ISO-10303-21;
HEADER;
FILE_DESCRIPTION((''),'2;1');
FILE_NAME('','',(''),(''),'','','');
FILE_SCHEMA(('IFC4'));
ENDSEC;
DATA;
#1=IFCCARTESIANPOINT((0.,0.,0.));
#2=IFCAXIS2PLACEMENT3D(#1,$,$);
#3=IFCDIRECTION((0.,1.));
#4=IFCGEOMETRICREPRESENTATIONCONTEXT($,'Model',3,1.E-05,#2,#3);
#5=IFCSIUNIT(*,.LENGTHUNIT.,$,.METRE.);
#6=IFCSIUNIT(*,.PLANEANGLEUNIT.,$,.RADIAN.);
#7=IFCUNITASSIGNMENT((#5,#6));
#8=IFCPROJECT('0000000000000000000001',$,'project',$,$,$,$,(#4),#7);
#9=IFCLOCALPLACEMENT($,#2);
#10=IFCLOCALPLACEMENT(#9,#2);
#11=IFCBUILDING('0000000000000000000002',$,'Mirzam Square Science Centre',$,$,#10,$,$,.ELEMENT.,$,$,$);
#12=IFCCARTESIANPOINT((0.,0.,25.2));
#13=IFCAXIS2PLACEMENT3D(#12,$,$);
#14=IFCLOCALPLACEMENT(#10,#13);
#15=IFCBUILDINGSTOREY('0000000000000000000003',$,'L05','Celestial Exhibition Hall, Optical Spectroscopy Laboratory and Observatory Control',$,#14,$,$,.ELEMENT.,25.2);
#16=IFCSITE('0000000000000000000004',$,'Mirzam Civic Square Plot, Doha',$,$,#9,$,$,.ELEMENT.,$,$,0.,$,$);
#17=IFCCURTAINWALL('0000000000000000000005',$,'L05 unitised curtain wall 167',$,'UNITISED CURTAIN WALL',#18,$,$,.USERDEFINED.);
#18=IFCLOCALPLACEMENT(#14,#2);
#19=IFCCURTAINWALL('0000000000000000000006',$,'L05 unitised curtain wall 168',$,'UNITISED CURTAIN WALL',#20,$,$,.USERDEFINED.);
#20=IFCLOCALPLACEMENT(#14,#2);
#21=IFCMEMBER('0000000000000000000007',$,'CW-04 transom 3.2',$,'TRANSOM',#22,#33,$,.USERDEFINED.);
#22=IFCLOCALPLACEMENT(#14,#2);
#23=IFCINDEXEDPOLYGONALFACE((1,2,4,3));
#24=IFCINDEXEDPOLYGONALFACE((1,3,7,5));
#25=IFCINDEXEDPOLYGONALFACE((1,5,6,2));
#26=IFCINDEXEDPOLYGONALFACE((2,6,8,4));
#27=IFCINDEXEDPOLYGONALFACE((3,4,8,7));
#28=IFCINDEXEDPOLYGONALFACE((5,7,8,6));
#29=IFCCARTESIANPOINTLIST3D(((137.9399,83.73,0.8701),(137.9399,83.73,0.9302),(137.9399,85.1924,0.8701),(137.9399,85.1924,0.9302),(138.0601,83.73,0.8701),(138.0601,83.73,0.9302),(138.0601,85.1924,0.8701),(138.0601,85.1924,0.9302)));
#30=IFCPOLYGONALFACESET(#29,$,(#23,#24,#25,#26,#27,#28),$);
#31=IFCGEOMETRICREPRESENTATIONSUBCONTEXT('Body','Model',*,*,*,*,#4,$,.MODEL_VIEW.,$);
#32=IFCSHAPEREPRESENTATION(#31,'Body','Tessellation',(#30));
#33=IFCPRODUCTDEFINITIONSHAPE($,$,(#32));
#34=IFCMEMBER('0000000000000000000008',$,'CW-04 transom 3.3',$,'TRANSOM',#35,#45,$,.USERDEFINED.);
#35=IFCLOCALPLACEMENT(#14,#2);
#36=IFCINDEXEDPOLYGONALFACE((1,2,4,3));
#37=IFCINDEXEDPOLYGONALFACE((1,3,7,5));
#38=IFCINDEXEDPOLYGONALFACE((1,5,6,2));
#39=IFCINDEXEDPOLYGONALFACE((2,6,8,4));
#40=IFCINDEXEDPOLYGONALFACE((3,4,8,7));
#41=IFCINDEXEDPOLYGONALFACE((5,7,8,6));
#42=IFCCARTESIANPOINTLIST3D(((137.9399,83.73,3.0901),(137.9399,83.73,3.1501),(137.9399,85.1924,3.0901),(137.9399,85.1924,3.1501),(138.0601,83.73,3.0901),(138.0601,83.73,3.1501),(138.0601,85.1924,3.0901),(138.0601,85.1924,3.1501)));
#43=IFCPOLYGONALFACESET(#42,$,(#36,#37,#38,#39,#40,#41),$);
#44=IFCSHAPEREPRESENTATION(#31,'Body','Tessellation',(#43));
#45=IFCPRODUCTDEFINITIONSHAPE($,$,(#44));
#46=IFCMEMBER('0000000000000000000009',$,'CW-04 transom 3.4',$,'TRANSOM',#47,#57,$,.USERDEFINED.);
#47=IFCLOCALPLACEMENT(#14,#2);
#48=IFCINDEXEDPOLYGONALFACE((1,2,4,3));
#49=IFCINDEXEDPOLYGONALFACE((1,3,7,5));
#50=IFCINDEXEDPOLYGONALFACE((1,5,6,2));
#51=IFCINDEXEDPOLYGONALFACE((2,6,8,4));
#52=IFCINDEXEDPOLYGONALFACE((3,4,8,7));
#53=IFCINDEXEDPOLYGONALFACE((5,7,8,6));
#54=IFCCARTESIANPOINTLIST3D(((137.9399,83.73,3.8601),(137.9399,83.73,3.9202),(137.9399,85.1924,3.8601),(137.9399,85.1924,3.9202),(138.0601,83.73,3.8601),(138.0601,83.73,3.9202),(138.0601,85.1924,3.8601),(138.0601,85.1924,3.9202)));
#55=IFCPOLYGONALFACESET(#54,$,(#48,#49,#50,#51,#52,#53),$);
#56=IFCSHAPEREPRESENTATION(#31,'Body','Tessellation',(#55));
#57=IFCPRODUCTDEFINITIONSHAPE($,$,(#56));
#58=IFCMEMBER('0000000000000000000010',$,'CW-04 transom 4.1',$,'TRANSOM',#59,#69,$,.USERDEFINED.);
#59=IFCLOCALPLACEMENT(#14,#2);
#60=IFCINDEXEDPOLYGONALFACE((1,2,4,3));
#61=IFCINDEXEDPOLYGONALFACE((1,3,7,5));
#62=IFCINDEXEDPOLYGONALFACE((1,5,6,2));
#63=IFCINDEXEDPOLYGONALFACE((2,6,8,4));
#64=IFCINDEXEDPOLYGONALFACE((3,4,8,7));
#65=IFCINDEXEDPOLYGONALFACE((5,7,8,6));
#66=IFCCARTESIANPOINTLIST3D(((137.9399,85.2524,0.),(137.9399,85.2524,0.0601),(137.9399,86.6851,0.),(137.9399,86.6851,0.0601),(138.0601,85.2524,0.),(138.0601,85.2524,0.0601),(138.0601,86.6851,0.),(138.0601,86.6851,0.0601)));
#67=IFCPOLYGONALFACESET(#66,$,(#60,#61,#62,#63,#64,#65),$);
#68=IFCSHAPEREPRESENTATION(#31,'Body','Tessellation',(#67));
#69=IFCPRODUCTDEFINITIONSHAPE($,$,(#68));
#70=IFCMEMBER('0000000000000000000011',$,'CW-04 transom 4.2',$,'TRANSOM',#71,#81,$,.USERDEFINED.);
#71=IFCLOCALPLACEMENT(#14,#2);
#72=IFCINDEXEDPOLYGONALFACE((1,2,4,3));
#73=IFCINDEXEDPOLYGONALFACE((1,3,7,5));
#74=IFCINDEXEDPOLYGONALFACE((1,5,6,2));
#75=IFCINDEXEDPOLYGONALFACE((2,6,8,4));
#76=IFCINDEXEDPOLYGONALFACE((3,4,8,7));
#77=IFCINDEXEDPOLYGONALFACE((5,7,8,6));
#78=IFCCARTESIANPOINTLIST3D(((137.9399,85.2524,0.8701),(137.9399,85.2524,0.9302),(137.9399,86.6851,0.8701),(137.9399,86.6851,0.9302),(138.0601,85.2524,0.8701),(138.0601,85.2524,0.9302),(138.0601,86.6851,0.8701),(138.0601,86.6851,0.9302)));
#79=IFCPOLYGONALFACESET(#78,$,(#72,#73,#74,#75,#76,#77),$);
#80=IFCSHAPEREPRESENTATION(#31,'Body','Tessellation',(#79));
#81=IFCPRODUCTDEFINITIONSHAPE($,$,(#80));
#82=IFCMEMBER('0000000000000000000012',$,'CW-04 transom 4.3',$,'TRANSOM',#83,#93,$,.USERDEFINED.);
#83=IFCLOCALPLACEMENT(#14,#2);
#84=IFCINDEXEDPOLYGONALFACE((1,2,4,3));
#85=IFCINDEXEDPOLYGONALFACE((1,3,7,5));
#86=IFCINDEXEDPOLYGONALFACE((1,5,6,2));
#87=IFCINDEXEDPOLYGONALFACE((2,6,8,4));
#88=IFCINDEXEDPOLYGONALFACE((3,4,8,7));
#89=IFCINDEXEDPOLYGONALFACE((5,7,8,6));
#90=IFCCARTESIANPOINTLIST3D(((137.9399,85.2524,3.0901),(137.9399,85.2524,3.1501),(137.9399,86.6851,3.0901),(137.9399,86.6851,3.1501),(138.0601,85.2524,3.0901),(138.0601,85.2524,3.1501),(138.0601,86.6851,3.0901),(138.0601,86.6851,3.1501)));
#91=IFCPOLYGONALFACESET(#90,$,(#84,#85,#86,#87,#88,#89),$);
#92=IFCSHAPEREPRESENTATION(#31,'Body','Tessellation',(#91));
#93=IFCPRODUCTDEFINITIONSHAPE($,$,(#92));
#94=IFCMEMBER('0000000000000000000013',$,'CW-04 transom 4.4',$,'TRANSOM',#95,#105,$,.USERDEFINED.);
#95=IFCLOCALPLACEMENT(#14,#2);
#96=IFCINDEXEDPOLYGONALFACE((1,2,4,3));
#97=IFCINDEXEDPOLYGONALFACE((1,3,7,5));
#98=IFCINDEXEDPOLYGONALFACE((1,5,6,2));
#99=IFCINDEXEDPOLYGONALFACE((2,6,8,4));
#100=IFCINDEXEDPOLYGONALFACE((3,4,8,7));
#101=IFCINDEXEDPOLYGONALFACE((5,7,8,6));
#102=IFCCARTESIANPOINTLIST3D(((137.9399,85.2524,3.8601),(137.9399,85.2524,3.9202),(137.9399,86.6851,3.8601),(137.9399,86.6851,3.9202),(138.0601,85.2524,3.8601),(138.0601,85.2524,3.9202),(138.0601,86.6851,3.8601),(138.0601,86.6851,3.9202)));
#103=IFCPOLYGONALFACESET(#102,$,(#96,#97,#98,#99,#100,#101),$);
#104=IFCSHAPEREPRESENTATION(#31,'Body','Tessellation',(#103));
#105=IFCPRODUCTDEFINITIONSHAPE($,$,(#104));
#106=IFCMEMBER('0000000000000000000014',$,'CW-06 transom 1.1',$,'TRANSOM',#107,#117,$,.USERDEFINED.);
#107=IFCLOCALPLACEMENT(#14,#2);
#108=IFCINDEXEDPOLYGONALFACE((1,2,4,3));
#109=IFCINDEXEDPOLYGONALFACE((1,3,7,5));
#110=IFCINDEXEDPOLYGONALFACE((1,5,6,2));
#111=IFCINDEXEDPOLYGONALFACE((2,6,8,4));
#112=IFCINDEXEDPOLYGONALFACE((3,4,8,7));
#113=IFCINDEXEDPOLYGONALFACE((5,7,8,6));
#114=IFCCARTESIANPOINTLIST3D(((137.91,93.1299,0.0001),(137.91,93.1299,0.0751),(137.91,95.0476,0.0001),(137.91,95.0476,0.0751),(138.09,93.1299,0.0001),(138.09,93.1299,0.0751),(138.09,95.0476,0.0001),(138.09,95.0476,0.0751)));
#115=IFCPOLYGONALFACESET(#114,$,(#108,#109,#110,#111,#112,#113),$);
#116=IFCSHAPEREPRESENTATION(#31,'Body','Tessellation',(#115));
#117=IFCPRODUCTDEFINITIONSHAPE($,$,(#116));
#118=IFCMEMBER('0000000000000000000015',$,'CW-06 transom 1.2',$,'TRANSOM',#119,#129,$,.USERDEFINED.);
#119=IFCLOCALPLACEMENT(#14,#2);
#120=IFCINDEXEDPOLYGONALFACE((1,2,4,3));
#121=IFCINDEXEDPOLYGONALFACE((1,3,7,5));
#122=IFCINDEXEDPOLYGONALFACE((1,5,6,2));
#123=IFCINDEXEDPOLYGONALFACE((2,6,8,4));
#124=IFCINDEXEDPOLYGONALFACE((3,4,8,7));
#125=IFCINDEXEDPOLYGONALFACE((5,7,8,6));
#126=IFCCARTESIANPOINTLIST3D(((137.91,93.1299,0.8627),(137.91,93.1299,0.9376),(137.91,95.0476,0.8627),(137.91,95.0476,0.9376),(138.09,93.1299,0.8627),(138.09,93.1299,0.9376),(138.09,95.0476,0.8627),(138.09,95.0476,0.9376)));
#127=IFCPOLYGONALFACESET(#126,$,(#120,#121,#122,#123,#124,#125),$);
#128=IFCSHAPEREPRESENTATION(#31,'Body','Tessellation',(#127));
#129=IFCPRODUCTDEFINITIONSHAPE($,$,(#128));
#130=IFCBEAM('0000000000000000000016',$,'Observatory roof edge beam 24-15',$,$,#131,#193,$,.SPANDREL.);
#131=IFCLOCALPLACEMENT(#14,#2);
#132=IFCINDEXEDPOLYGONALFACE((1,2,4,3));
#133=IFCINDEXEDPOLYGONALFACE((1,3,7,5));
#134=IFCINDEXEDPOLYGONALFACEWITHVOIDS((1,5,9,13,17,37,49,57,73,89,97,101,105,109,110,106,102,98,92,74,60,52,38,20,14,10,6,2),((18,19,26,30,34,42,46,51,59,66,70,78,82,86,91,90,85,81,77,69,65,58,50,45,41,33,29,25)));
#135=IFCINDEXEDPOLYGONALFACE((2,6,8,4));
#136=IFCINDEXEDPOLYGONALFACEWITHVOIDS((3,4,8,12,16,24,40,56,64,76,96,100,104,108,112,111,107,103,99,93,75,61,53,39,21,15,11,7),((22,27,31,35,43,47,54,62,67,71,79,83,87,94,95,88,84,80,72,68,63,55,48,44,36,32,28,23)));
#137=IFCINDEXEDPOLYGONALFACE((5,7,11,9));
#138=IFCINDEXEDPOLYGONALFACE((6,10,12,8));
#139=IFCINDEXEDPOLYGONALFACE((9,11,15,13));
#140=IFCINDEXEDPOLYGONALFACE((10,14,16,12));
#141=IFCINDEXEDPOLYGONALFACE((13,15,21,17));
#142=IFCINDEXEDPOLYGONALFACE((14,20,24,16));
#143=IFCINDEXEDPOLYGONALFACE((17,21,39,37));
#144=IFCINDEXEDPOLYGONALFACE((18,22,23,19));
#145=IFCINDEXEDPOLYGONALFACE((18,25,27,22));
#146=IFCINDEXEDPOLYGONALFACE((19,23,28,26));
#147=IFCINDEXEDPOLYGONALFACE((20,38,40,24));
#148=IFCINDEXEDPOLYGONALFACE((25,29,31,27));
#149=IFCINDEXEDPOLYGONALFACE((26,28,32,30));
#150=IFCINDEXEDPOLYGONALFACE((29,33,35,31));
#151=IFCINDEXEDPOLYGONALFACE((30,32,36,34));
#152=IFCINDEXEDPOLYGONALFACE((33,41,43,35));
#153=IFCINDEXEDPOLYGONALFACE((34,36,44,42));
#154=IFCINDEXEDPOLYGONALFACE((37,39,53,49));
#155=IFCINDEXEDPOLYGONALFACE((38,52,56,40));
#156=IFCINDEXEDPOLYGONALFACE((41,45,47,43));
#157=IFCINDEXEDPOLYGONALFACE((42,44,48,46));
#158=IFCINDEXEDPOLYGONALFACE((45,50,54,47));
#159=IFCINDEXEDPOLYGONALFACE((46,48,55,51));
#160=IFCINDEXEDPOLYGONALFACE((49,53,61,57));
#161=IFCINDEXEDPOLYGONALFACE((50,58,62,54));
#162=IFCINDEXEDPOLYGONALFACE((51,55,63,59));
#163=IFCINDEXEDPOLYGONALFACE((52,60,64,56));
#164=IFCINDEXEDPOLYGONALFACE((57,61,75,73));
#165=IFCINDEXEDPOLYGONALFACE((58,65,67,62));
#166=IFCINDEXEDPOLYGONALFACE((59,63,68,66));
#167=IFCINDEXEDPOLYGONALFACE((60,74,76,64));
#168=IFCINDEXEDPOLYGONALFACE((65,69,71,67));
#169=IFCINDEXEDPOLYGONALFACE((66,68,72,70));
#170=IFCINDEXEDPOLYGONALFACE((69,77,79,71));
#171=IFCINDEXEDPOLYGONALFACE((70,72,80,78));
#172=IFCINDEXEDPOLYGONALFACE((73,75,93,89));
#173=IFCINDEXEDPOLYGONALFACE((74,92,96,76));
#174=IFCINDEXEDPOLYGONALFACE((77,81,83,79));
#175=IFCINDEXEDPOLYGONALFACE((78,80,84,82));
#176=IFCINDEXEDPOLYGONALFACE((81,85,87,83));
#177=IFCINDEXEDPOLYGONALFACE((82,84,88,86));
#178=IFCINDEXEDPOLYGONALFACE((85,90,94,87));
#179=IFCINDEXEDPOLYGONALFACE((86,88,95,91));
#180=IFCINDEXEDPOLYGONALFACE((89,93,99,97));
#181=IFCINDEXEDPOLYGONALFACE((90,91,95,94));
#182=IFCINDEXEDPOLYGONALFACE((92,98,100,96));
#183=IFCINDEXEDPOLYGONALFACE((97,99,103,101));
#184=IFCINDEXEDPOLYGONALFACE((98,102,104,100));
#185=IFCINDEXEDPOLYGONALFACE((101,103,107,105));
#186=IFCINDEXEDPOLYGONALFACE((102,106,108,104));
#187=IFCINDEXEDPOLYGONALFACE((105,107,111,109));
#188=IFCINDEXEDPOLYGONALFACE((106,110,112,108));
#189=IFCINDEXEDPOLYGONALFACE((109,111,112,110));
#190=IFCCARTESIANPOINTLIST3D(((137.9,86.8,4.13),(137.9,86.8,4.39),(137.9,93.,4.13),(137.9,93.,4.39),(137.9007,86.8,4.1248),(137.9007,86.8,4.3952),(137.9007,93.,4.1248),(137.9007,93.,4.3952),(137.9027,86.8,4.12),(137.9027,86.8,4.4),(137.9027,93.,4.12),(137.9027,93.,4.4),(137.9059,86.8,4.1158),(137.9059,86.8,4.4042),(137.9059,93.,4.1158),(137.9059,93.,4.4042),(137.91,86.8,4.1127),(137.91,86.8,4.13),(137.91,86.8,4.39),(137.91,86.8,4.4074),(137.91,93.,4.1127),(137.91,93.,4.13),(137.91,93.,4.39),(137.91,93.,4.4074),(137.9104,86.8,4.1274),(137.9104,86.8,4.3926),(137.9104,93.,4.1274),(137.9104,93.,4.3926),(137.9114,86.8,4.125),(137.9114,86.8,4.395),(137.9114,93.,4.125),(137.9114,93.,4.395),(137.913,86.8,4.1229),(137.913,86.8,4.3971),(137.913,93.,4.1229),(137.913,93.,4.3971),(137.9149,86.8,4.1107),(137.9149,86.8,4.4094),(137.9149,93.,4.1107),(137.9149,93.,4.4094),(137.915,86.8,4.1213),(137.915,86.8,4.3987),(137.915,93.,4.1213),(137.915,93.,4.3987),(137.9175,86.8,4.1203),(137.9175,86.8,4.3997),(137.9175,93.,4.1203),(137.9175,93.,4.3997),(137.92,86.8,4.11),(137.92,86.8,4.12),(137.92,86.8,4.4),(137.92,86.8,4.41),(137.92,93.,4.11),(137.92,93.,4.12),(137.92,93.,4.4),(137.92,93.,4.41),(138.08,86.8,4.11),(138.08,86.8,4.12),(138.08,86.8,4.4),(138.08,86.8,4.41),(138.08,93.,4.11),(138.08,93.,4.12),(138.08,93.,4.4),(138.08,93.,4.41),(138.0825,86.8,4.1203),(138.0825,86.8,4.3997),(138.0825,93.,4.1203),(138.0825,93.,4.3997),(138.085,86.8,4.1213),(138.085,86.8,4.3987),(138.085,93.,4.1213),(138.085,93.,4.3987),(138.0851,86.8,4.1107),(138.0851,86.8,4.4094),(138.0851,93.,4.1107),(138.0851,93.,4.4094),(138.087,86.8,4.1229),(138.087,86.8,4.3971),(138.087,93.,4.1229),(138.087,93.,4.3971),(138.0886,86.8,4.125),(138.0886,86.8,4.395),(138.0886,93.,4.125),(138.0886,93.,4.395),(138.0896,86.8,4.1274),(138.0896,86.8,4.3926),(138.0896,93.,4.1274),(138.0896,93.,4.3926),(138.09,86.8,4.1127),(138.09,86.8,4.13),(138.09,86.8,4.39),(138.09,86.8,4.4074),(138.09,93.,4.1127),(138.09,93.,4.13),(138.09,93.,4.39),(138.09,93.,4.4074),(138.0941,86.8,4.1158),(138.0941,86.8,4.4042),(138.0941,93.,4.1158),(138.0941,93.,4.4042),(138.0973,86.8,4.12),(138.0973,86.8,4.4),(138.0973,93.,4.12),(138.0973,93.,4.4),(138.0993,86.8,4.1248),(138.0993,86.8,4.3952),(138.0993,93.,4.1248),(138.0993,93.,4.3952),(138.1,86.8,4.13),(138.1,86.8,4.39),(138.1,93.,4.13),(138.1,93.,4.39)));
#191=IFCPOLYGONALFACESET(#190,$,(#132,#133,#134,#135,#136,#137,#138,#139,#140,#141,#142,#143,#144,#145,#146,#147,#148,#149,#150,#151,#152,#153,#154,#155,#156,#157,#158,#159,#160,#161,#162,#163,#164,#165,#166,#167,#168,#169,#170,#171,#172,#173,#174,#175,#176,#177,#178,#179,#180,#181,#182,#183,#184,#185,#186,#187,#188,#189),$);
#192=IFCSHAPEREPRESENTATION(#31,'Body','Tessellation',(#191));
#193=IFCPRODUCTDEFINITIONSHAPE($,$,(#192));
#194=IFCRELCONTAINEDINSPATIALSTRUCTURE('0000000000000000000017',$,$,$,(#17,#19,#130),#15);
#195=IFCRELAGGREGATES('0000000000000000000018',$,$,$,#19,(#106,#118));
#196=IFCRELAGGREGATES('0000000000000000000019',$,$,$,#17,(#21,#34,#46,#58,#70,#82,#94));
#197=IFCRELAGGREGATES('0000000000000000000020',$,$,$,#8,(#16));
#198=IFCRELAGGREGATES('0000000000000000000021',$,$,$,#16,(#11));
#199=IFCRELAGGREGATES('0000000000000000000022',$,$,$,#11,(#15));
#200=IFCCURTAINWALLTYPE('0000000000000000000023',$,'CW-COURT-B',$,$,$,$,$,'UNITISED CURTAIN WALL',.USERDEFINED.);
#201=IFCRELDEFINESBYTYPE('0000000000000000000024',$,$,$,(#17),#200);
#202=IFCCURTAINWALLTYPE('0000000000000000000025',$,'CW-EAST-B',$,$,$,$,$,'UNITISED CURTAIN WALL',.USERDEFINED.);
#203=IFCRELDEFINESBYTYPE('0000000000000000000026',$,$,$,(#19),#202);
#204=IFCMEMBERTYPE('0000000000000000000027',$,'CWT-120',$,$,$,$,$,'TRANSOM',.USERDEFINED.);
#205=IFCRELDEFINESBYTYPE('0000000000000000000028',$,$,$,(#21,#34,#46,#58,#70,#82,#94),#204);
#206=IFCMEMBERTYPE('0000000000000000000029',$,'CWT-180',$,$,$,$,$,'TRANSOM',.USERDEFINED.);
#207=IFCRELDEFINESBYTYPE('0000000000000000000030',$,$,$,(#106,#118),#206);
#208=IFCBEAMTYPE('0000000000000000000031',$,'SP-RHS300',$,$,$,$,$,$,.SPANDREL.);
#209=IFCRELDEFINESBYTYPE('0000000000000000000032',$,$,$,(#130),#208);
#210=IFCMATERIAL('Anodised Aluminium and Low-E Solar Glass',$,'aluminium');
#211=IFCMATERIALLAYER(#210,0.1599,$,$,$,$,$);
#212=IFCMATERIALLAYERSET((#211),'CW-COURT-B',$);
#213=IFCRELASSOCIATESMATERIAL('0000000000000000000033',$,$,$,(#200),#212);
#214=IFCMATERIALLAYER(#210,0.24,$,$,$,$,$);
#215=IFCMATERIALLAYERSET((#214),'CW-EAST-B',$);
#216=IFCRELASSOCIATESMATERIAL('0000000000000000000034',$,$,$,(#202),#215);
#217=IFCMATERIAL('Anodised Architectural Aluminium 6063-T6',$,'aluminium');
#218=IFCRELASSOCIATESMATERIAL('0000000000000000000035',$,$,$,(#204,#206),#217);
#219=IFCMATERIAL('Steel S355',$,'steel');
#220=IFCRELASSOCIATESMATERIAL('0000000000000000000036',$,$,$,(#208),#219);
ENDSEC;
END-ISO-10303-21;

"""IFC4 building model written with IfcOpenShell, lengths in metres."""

from ifc_helpers import new_model, si_unit, direction, frame, origin, origin_2d, place, context, subcontext, project, spatial, rectangle, hollow_rectangle, extrude, material, layer, layer_set, material_profile, profile_set, type_object, element, aggregate, save


model = new_model("IFC4")

# Units and contexts
model_context = context("Model", 3, precision=1e-05, world=origin(), true_north=direction((0.0, 1.0)))
body_context = subcontext(model_context, "Body", "Model", "MODEL_VIEW")
ifc_project = project(units=[si_unit("LENGTHUNIT", "METRE"), si_unit("PLANEANGLEUNIT", "RADIAN")], contexts=[model_context])

# Site, building, storey
site_placement = place(None, origin())
site = spatial("IfcSite", under=ifc_project, at=site_placement, Name="Mirzam Civic Square Plot, Doha", CompositionType="ELEMENT", RefElevation=0.0)
building_placement = place(site_placement, origin())
building = spatial("IfcBuilding", under=site, at=building_placement, Name="Mirzam Square Science Centre", CompositionType="ELEMENT")
storey_placement = place(building_placement, frame((0.0, 0.0, 25.2)))
storey = spatial("IfcBuildingStorey", under=building, at=storey_placement, Name="L05", Description="Celestial Exhibition Hall, Optical Spectroscopy Laboratory and Observatory Control", CompositionType="ELEMENT", Elevation=25.2)

# Shared definitions
ifc_material_1 = material(Name="Steel S355", Category="steel")

# Curtain wall
ifc_material_2 = material(Name="Anodised Aluminium and Low-E Solar Glass", Category="aluminium")
ifc_layer_1 = layer(ifc_material_2, 0.1599)
ifc_layer_set_1 = layer_set([ifc_layer_1], Name="CW-COURT-B")
curtain_wall_type_1 = type_object("IfcCurtainWallType", Name="CW-COURT-B", ElementType="UNITISED CURTAIN WALL", PredefinedType="USERDEFINED", material=ifc_layer_set_1)
curtain_wall_1_placement = place(storey_placement, origin())
curtain_wall_1 = element("IfcCurtainWall", 1, at=curtain_wall_1_placement, inside=storey, type_object=curtain_wall_type_1, Name="L05 unitised curtain wall 167", ObjectType="UNITISED CURTAIN WALL", PredefinedType="USERDEFINED")
ifc_material_3 = material(Name="Anodised Architectural Aluminium 6063-T6", Category="aluminium")

# Curtain wall
ifc_layer_2 = layer(ifc_material_2, 0.24)
ifc_layer_set_2 = layer_set([ifc_layer_2], Name="CW-EAST-B")
curtain_wall_type_2 = type_object("IfcCurtainWallType", Name="CW-EAST-B", ElementType="UNITISED CURTAIN WALL", PredefinedType="USERDEFINED", material=ifc_layer_set_2)
curtain_wall_2_placement = place(storey_placement, origin())
curtain_wall_2 = element("IfcCurtainWall", 2, at=curtain_wall_2_placement, inside=storey, type_object=curtain_wall_type_2, Name="L05 unitised curtain wall 168", ObjectType="UNITISED CURTAIN WALL", PredefinedType="USERDEFINED")

# Members
ifc_material_profile_1 = material_profile(ifc_material_3, rectangle(XDim=0.1201, YDim=0.0601, at=origin_2d()), Name="ALU-TRAN-120x60x4")
ifc_profile_set_1 = profile_set([ifc_material_profile_1], Name="Anodised Architectural Aluminium 6063-T6")
member_type_1 = type_object("IfcMemberType", Name="CWT-120", ElementType="TRANSOM", PredefinedType="USERDEFINED", material=ifc_profile_set_1)
member_1_placement = place(storey_placement, frame((138.0, 83.73, 0.9001), z_axis=(0.0, 1.0, 0.0), x_axis=(-1.0, 0.0, 0.0)))
member_1 = element("IfcMember", 3, at=member_1_placement, type_object=member_type_1, Name="CW-04 transom 3.2", ObjectType="TRANSOM", PredefinedType="USERDEFINED", context=body_context, shape_type="SweptSolid", body=[
    extrude(rectangle(XDim=0.1201, YDim=0.0601, at=origin_2d()), origin(), (0.0, 0.0, 1.0), 1.4624),
])
member_2_placement = place(storey_placement, frame((138.0, 83.73, 3.1201), z_axis=(0.0, 1.0, 0.0), x_axis=(-1.0, 0.0, 0.0)))
member_2 = element("IfcMember", 4, at=member_2_placement, type_object=member_type_1, Name="CW-04 transom 3.3", ObjectType="TRANSOM", PredefinedType="USERDEFINED", context=body_context, shape_type="SweptSolid", body=[
    extrude(rectangle(XDim=0.1201, YDim=0.0601, at=origin_2d()), origin(), (0.0, 0.0, 1.0), 1.4624),
])
member_3_placement = place(storey_placement, frame((138.0, 83.73, 3.8901), z_axis=(0.0, 1.0, 0.0), x_axis=(-1.0, 0.0, 0.0)))
member_3 = element("IfcMember", 5, at=member_3_placement, type_object=member_type_1, Name="CW-04 transom 3.4", ObjectType="TRANSOM", PredefinedType="USERDEFINED", context=body_context, shape_type="SweptSolid", body=[
    extrude(rectangle(XDim=0.1201, YDim=0.0601, at=origin_2d()), origin(), (0.0, 0.0, 1.0), 1.4624),
])
member_4_placement = place(storey_placement, frame((138.0, 85.2524, 0.03), z_axis=(0.0, 1.0, 0.0), x_axis=(-1.0, 0.0, 0.0)))
member_4 = element("IfcMember", 6, at=member_4_placement, type_object=member_type_1, Name="CW-04 transom 4.1", ObjectType="TRANSOM", PredefinedType="USERDEFINED", context=body_context, shape_type="SweptSolid", body=[
    extrude(rectangle(XDim=0.1201, YDim=0.0601, at=origin_2d()), origin(), (0.0, 0.0, 1.0), 1.4326),
])
member_5_placement = place(storey_placement, frame((138.0, 85.2524, 0.9001), z_axis=(0.0, 1.0, 0.0), x_axis=(-1.0, 0.0, 0.0)))
member_5 = element("IfcMember", 7, at=member_5_placement, type_object=member_type_1, Name="CW-04 transom 4.2", ObjectType="TRANSOM", PredefinedType="USERDEFINED", context=body_context, shape_type="SweptSolid", body=[
    extrude(rectangle(XDim=0.1201, YDim=0.0601, at=origin_2d()), origin(), (0.0, 0.0, 1.0), 1.4326),
])
member_6_placement = place(storey_placement, frame((138.0, 85.2524, 3.1201), z_axis=(0.0, 1.0, 0.0), x_axis=(-1.0, 0.0, 0.0)))
member_6 = element("IfcMember", 8, at=member_6_placement, type_object=member_type_1, Name="CW-04 transom 4.3", ObjectType="TRANSOM", PredefinedType="USERDEFINED", context=body_context, shape_type="SweptSolid", body=[
    extrude(rectangle(XDim=0.1201, YDim=0.0601, at=origin_2d()), origin(), (0.0, 0.0, 1.0), 1.4326),
])
member_7_placement = place(storey_placement, frame((138.0, 85.2524, 3.8901), z_axis=(0.0, 1.0, 0.0), x_axis=(-1.0, 0.0, 0.0)))
member_7 = element("IfcMember", 9, at=member_7_placement, type_object=member_type_1, Name="CW-04 transom 4.4", ObjectType="TRANSOM", PredefinedType="USERDEFINED", context=body_context, shape_type="SweptSolid", body=[
    extrude(rectangle(XDim=0.1201, YDim=0.0601, at=origin_2d()), origin(), (0.0, 0.0, 1.0), 1.4326),
])
ifc_material_profile_2 = material_profile(ifc_material_3, rectangle(XDim=0.1799, YDim=0.075, at=origin_2d()), Name="ALU-TRAN-180x75x5")
ifc_profile_set_2 = profile_set([ifc_material_profile_2], Name="Anodised Architectural Aluminium 6063-T6")
member_type_2 = type_object("IfcMemberType", Name="CWT-180", ElementType="TRANSOM", PredefinedType="USERDEFINED", material=ifc_profile_set_2)
member_8_placement = place(storey_placement, frame((138.0, 93.1299, 0.0376), z_axis=(0.0, 1.0, 0.0), x_axis=(-1.0, 0.0, 0.0)))
member_8 = element("IfcMember", 10, at=member_8_placement, type_object=member_type_2, Name="CW-06 transom 1.1", ObjectType="TRANSOM", PredefinedType="USERDEFINED", context=body_context, shape_type="SweptSolid", body=[
    extrude(rectangle(XDim=0.1799, YDim=0.075, at=origin_2d()), origin(), (0.0, 0.0, 1.0), 1.9177),
])
member_9_placement = place(storey_placement, frame((138.0, 93.1299, 0.9001), z_axis=(0.0, 1.0, 0.0), x_axis=(-1.0, 0.0, 0.0)))
member_9 = element("IfcMember", 11, at=member_9_placement, type_object=member_type_2, Name="CW-06 transom 1.2", ObjectType="TRANSOM", PredefinedType="USERDEFINED", context=body_context, shape_type="SweptSolid", body=[
    extrude(rectangle(XDim=0.1799, YDim=0.075, at=origin_2d()), origin(), (0.0, 0.0, 1.0), 1.9177),
])
aggregate(curtain_wall_2, [member_8, member_9])

# Beam
ifc_material_profile_3 = material_profile(ifc_material_1, hollow_rectangle(XDim=0.2, YDim=0.3, WallThickness=0.01, InnerFilletRadius=0.01, OuterFilletRadius=0.02, at=origin_2d()), Name="300x200x10.0RHS")
ifc_profile_set_3 = profile_set([ifc_material_profile_3], Name="Steel S355")
beam_type_1 = type_object("IfcBeamType", Name="SP-RHS300", PredefinedType="SPANDREL", material=ifc_profile_set_3)
for number, where, z_axis, x_axis, name in (
    (12, (138.0, 86.8, 4.26), (0.0, 1.0, 0.0), (-1.0, 0.0, 0.0), "Observatory roof edge beam 24-15"),
):
    element("IfcBeam", number, at=place(storey_placement, frame(where, z_axis=z_axis, x_axis=x_axis)), inside=storey, type_object=beam_type_1, Name=name, PredefinedType="SPANDREL", context=body_context, shape_type="SweptSolid", body=[
        extrude(hollow_rectangle(XDim=0.2, YDim=0.3, WallThickness=0.01, InnerFilletRadius=0.01, OuterFilletRadius=0.02, at=origin_2d()), origin(), (0.0, 0.0, 1.0), 6.2),
    ])

aggregate(curtain_wall_1, [member_1, member_2, member_3, member_4, member_5, member_6, member_7])

save(model, "model.ifc")
